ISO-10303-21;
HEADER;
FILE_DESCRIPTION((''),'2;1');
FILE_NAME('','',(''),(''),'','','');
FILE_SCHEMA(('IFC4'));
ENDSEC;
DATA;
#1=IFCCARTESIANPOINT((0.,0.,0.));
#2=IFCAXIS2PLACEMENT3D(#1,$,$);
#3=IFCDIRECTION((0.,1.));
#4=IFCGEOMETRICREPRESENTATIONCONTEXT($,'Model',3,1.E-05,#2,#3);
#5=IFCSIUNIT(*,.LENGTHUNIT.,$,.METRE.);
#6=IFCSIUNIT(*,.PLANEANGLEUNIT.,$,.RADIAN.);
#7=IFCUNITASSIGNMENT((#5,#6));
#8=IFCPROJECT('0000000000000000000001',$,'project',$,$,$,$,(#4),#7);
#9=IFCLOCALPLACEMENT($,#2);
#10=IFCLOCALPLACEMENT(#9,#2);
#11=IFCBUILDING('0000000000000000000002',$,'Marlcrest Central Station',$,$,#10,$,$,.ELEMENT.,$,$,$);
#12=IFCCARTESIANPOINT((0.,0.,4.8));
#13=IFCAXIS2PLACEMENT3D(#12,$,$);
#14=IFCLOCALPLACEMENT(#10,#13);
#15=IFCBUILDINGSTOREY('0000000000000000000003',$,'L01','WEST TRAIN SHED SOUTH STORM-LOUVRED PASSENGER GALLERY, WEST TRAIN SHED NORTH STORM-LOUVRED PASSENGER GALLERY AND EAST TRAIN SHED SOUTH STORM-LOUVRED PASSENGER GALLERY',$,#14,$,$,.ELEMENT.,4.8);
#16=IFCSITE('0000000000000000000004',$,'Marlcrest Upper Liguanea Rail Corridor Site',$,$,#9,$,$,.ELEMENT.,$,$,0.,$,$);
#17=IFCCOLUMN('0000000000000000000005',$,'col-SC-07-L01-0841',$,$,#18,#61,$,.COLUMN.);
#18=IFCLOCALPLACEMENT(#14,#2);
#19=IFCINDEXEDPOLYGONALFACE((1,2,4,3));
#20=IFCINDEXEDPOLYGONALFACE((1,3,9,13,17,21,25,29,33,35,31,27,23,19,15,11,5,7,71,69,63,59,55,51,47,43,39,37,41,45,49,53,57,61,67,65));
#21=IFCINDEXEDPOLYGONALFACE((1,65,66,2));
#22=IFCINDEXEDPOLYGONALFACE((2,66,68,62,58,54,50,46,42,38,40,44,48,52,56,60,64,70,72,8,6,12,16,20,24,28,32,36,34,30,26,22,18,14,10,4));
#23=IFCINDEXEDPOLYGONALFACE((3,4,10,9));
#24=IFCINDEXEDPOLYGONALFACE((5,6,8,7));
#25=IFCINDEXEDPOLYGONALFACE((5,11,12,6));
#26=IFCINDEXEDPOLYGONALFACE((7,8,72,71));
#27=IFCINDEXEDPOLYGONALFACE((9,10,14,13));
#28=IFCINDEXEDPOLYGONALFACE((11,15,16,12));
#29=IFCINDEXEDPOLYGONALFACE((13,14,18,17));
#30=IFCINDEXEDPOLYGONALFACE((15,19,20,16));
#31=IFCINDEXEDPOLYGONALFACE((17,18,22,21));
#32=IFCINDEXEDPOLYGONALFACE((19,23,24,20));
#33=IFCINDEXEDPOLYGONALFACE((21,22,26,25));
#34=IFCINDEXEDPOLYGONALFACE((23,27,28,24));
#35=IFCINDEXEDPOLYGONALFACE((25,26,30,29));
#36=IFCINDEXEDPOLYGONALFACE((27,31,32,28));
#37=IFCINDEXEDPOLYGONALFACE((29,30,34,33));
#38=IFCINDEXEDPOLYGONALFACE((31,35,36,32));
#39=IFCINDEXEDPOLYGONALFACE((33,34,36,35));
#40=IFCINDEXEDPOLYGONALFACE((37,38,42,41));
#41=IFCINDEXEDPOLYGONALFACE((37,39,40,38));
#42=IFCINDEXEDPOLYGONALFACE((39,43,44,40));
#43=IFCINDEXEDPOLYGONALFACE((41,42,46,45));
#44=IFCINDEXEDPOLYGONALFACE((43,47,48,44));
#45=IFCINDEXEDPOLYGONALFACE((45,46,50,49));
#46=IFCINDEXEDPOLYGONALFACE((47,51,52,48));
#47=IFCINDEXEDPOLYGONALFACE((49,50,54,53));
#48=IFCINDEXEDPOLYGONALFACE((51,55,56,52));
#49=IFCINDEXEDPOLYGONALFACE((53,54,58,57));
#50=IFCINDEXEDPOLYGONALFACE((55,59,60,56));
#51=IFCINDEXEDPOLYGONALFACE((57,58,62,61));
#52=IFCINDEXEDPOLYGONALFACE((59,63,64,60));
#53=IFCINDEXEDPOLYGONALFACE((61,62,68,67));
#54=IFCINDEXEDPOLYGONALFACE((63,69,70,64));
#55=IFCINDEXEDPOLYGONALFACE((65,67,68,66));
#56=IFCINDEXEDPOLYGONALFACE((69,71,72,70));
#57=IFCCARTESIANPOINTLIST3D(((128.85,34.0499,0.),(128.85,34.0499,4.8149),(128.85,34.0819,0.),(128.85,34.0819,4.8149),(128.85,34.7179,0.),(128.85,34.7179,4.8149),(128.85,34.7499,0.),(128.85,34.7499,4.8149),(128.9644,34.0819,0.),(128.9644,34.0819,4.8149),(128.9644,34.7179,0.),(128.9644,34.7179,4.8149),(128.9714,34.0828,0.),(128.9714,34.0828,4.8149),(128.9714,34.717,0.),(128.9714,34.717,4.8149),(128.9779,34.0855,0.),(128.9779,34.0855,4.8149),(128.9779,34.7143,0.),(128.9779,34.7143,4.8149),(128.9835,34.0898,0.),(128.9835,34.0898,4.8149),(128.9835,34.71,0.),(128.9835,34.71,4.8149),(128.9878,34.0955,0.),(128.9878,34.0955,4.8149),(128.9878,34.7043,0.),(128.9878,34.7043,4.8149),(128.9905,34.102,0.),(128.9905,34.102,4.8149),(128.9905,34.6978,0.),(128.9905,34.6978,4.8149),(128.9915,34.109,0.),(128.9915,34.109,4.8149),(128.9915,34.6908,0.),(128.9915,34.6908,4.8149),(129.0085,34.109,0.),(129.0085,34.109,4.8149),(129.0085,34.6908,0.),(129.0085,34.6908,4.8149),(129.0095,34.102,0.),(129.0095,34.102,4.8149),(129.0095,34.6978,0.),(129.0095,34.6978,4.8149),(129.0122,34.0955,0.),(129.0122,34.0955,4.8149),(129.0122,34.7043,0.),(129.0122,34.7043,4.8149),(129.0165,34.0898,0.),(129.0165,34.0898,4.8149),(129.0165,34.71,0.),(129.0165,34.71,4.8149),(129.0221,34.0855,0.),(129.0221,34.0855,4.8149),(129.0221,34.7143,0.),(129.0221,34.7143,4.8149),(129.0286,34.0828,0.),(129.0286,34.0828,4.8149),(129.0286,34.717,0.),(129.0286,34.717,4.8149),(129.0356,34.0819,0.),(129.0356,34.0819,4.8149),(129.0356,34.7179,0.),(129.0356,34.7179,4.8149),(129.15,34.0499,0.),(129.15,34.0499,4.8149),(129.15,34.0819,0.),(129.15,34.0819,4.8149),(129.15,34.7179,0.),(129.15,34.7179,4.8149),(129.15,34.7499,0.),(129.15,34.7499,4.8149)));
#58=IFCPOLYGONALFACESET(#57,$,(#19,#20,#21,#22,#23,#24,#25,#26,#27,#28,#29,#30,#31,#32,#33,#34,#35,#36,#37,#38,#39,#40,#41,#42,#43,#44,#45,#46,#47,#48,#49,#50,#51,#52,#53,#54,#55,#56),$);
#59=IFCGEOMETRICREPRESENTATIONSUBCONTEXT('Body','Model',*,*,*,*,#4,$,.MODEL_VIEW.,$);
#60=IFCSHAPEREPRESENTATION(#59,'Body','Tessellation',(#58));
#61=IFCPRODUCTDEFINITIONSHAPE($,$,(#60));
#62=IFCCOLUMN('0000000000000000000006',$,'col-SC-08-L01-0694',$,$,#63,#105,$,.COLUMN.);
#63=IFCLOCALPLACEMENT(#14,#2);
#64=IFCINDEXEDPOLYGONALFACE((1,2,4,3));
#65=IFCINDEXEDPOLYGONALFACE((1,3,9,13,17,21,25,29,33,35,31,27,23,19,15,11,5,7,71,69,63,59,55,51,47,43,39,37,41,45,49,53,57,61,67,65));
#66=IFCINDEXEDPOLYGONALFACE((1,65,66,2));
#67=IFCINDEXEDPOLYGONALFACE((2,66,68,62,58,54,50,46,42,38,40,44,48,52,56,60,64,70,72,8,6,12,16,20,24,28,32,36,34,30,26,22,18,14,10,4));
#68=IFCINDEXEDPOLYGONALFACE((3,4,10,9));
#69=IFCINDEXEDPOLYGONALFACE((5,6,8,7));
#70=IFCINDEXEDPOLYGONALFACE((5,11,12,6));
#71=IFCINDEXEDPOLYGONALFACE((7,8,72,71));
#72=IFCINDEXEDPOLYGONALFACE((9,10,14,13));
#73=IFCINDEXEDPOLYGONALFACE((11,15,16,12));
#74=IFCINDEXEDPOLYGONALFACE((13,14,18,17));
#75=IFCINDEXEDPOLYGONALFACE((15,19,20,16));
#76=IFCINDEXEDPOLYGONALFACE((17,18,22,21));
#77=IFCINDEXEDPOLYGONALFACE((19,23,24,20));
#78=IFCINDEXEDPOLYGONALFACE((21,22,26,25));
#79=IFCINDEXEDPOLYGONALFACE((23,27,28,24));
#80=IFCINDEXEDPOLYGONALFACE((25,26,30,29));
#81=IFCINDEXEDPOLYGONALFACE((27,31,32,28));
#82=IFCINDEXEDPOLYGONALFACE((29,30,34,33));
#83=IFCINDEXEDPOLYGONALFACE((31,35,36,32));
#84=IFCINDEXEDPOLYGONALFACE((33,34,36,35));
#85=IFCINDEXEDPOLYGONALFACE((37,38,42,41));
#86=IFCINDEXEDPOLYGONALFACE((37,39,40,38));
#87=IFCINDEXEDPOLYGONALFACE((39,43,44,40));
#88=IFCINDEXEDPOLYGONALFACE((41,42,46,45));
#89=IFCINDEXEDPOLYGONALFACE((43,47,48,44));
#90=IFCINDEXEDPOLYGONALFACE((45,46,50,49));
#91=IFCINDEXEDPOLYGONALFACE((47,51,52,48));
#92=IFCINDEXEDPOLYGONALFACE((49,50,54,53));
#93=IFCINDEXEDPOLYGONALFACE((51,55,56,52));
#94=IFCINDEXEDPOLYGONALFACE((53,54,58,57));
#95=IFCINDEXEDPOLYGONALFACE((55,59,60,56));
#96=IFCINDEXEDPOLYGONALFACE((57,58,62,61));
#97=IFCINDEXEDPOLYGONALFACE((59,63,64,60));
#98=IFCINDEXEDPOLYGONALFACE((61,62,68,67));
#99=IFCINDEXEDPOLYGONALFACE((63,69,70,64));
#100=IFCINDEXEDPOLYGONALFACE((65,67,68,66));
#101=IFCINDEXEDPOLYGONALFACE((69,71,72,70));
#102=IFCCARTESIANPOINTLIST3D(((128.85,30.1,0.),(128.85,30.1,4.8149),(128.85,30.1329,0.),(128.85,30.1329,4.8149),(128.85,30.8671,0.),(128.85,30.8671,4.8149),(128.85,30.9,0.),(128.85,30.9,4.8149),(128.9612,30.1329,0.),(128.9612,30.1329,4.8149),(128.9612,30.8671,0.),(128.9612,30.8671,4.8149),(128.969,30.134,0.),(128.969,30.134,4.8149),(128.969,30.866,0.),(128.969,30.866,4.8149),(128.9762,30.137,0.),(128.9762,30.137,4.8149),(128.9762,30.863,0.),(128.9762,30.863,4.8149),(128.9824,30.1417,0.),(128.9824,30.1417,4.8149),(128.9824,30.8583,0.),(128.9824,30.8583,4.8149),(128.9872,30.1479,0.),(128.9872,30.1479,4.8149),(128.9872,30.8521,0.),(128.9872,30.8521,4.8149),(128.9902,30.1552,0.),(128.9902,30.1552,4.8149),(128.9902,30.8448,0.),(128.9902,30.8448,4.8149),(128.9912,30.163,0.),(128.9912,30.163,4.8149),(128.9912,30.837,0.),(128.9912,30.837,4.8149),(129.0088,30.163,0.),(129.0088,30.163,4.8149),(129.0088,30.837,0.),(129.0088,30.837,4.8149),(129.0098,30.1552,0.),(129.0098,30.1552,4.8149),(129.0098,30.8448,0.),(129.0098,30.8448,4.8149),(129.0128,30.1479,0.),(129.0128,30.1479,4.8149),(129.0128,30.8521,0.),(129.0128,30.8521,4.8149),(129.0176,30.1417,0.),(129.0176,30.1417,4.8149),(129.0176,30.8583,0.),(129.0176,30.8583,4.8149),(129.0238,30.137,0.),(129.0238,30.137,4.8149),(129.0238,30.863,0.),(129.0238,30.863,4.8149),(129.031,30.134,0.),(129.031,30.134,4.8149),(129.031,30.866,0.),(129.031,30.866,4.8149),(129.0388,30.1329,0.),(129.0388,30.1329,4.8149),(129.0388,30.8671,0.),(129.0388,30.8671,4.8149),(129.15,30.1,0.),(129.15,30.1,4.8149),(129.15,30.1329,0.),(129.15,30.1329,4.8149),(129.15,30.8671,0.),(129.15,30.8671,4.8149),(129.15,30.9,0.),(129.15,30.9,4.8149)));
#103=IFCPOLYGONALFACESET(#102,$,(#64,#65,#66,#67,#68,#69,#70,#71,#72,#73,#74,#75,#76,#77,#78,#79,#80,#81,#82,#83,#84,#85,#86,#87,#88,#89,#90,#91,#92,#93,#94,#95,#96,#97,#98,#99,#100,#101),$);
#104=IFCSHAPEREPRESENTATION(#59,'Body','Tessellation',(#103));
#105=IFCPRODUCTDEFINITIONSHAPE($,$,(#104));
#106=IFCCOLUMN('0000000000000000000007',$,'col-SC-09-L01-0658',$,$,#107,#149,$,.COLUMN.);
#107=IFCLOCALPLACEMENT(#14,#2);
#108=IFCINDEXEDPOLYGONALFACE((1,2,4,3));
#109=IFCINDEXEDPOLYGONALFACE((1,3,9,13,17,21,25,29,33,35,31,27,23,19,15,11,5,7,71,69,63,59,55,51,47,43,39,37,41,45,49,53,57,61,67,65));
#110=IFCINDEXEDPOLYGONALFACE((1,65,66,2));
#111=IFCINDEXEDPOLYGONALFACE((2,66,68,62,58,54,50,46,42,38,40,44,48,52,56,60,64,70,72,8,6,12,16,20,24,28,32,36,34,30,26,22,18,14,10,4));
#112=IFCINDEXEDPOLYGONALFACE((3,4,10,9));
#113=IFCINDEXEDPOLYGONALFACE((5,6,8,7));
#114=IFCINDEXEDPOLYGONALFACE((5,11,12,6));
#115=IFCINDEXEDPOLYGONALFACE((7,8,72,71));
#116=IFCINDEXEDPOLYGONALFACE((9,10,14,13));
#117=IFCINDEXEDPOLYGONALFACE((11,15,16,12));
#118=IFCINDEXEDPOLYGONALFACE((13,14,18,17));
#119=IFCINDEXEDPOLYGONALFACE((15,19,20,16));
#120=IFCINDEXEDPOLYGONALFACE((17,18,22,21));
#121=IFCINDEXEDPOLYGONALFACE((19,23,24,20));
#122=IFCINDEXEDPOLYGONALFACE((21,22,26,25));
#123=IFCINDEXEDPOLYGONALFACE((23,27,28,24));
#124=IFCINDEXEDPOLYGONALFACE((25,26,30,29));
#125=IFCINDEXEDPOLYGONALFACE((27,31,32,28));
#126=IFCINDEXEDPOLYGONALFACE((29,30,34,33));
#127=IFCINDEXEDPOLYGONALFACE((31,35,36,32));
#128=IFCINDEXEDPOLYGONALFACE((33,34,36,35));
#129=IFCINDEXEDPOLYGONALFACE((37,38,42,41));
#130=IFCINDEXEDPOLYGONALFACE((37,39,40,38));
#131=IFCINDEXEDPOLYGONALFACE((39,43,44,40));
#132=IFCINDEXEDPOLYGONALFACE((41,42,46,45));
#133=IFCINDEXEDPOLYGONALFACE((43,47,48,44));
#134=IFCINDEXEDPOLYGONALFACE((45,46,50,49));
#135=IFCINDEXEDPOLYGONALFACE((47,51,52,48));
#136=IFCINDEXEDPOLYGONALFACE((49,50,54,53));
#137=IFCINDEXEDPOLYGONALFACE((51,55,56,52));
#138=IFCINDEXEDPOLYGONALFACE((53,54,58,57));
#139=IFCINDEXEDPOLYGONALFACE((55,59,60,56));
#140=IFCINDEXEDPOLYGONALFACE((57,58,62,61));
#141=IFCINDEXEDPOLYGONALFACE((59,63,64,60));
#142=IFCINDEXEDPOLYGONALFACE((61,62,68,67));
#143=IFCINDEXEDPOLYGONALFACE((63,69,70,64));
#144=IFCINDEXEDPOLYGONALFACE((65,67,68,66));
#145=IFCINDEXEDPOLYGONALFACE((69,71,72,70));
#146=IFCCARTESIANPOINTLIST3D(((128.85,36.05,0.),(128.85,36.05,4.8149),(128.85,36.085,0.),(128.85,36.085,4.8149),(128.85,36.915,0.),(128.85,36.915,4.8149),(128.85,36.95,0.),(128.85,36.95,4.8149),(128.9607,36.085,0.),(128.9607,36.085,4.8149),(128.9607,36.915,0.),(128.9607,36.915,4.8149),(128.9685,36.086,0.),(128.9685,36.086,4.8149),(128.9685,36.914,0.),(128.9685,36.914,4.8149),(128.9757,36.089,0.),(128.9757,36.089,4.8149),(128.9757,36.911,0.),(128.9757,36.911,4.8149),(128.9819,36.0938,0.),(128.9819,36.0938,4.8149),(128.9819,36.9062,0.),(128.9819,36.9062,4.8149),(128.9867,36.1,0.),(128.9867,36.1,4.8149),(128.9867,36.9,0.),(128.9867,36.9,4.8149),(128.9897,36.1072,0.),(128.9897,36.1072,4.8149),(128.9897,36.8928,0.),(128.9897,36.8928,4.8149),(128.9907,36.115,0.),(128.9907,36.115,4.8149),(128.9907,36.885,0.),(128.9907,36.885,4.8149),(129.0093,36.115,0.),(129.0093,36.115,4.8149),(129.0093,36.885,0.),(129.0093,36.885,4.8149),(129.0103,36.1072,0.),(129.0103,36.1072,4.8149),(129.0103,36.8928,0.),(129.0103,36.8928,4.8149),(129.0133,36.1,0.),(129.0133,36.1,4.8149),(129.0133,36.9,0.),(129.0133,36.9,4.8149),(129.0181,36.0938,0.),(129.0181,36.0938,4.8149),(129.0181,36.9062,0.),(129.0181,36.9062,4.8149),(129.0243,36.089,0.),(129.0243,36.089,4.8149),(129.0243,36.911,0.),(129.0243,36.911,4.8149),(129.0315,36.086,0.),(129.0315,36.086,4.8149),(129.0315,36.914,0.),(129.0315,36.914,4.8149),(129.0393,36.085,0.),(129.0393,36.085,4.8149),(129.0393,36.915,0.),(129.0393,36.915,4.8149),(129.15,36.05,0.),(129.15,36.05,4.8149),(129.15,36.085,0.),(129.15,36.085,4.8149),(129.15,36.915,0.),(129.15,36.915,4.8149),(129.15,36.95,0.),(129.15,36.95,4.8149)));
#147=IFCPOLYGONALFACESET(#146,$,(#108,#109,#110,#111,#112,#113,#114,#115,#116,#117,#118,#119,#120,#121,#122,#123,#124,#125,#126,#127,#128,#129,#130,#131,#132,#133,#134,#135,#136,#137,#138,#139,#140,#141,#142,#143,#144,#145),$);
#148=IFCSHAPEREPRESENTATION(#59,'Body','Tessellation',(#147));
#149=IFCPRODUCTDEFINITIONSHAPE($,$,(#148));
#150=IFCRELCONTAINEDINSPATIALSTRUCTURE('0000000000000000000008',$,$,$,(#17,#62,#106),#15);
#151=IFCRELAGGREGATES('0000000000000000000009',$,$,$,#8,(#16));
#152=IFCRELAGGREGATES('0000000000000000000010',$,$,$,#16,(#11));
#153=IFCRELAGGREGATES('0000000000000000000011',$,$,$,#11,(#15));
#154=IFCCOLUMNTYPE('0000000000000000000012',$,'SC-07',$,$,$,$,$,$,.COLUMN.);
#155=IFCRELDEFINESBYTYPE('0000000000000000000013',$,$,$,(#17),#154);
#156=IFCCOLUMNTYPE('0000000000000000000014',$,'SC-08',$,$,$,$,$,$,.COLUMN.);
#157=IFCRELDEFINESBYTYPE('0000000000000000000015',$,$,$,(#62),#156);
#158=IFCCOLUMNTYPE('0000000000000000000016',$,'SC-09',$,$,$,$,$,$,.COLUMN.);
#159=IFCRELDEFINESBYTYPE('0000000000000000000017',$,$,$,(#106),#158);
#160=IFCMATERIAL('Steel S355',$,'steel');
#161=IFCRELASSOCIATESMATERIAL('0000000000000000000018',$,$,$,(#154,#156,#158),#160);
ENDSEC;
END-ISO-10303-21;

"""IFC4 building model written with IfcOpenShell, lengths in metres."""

from ifc_helpers import new_model, si_unit, direction, frame, origin, origin_2d, place, context, subcontext, project, spatial, i_section, extrude, material, material_profile, profile_set, type_object, element, save


model = new_model("IFC4")

# Units and contexts
model_context = context("Model", 3, precision=1e-05, world=origin(), true_north=direction((0.0, 1.0)))
body_context = subcontext(model_context, "Body", "Model", "MODEL_VIEW")
ifc_project = project(units=[si_unit("LENGTHUNIT", "METRE"), si_unit("PLANEANGLEUNIT", "RADIAN")], contexts=[model_context])

# Site, building, storey
site_placement = place(None, origin())
site = spatial("IfcSite", under=ifc_project, at=site_placement, Name="Marlcrest Upper Liguanea Rail Corridor Site", CompositionType="ELEMENT", RefElevation=0.0)
building_placement = place(site_placement, origin())
building = spatial("IfcBuilding", under=site, at=building_placement, Name="Marlcrest Central Station", CompositionType="ELEMENT")
storey_placement = place(building_placement, frame((0.0, 0.0, 4.8)))
storey = spatial("IfcBuildingStorey", under=building, at=storey_placement, Name="L01", Description="WEST TRAIN SHED SOUTH STORM-LOUVRED PASSENGER GALLERY, WEST TRAIN SHED NORTH STORM-LOUVRED PASSENGER GALLERY AND EAST TRAIN SHED SOUTH STORM-LOUVRED PASSENGER GALLERY", CompositionType="ELEMENT", Elevation=4.8)

# Columns
ifc_material_1 = material(Name="Steel S355", Category="steel")
ifc_material_profile_1 = material_profile(ifc_material_1, i_section(OverallWidth=0.3, OverallDepth=0.7, WebThickness=0.0171, FlangeThickness=0.032, FilletRadius=0.0271, at=origin_2d()), Name="HEB 700")
ifc_profile_set_1 = profile_set([ifc_material_profile_1], Name="Steel S355")
column_type_1 = type_object("IfcColumnType", Name="SC-07", PredefinedType="COLUMN", material=ifc_profile_set_1)
column_1_placement = place(storey_placement, frame((129.0, 34.3999, 0.0), z_axis=(0.0, 0.0, 1.0), x_axis=(1.0, 0.0, 0.0)))
element("IfcColumn", 1, at=column_1_placement, inside=storey, type_object=column_type_1, Name="col-SC-07-L01-0841", PredefinedType="COLUMN", context=body_context, shape_type="SweptSolid", body=[
    extrude(i_section(OverallWidth=0.3, OverallDepth=0.7, WebThickness=0.0171, FlangeThickness=0.032, FilletRadius=0.0271, at=origin_2d()), origin(), (0.0, 0.0, 1.0), 4.8149),
])
ifc_material_profile_2 = material_profile(ifc_material_1, i_section(OverallWidth=0.3, OverallDepth=0.8, WebThickness=0.0176, FlangeThickness=0.033, FilletRadius=0.03, at=origin_2d()), Name="HEB 800")
ifc_profile_set_2 = profile_set([ifc_material_profile_2], Name="Steel S355")
column_type_2 = type_object("IfcColumnType", Name="SC-08", PredefinedType="COLUMN", material=ifc_profile_set_2)
column_2_placement = place(storey_placement, frame((129.0, 30.5, 0.0), z_axis=(0.0, 0.0, 1.0), x_axis=(1.0, 0.0, 0.0)))
element("IfcColumn", 2, at=column_2_placement, inside=storey, type_object=column_type_2, Name="col-SC-08-L01-0694", PredefinedType="COLUMN", context=body_context, shape_type="SweptSolid", body=[
    extrude(i_section(OverallWidth=0.3, OverallDepth=0.8, WebThickness=0.0176, FlangeThickness=0.033, FilletRadius=0.03, at=origin_2d()), origin(), (0.0, 0.0, 1.0), 4.8149),
])
ifc_material_profile_3 = material_profile(ifc_material_1, i_section(OverallWidth=0.3, OverallDepth=0.8999, WebThickness=0.0186, FlangeThickness=0.0349, FilletRadius=0.03, at=origin_2d()), Name="HEB 900")
ifc_profile_set_3 = profile_set([ifc_material_profile_3], Name="Steel S355")
column_type_3 = type_object("IfcColumnType", Name="SC-09", PredefinedType="COLUMN", material=ifc_profile_set_3)
column_3_placement = place(storey_placement, frame((129.0, 36.5, 0.0), z_axis=(0.0, 0.0, 1.0), x_axis=(1.0, 0.0, 0.0)))
element("IfcColumn", 3, at=column_3_placement, inside=storey, type_object=column_type_3, Name="col-SC-09-L01-0658", PredefinedType="COLUMN", context=body_context, shape_type="SweptSolid", body=[
    extrude(i_section(OverallWidth=0.3, OverallDepth=0.8999, WebThickness=0.0186, FlangeThickness=0.0349, FilletRadius=0.03, at=origin_2d()), origin(), (0.0, 0.0, 1.0), 4.8149),
])

save(model, "model.ifc")
